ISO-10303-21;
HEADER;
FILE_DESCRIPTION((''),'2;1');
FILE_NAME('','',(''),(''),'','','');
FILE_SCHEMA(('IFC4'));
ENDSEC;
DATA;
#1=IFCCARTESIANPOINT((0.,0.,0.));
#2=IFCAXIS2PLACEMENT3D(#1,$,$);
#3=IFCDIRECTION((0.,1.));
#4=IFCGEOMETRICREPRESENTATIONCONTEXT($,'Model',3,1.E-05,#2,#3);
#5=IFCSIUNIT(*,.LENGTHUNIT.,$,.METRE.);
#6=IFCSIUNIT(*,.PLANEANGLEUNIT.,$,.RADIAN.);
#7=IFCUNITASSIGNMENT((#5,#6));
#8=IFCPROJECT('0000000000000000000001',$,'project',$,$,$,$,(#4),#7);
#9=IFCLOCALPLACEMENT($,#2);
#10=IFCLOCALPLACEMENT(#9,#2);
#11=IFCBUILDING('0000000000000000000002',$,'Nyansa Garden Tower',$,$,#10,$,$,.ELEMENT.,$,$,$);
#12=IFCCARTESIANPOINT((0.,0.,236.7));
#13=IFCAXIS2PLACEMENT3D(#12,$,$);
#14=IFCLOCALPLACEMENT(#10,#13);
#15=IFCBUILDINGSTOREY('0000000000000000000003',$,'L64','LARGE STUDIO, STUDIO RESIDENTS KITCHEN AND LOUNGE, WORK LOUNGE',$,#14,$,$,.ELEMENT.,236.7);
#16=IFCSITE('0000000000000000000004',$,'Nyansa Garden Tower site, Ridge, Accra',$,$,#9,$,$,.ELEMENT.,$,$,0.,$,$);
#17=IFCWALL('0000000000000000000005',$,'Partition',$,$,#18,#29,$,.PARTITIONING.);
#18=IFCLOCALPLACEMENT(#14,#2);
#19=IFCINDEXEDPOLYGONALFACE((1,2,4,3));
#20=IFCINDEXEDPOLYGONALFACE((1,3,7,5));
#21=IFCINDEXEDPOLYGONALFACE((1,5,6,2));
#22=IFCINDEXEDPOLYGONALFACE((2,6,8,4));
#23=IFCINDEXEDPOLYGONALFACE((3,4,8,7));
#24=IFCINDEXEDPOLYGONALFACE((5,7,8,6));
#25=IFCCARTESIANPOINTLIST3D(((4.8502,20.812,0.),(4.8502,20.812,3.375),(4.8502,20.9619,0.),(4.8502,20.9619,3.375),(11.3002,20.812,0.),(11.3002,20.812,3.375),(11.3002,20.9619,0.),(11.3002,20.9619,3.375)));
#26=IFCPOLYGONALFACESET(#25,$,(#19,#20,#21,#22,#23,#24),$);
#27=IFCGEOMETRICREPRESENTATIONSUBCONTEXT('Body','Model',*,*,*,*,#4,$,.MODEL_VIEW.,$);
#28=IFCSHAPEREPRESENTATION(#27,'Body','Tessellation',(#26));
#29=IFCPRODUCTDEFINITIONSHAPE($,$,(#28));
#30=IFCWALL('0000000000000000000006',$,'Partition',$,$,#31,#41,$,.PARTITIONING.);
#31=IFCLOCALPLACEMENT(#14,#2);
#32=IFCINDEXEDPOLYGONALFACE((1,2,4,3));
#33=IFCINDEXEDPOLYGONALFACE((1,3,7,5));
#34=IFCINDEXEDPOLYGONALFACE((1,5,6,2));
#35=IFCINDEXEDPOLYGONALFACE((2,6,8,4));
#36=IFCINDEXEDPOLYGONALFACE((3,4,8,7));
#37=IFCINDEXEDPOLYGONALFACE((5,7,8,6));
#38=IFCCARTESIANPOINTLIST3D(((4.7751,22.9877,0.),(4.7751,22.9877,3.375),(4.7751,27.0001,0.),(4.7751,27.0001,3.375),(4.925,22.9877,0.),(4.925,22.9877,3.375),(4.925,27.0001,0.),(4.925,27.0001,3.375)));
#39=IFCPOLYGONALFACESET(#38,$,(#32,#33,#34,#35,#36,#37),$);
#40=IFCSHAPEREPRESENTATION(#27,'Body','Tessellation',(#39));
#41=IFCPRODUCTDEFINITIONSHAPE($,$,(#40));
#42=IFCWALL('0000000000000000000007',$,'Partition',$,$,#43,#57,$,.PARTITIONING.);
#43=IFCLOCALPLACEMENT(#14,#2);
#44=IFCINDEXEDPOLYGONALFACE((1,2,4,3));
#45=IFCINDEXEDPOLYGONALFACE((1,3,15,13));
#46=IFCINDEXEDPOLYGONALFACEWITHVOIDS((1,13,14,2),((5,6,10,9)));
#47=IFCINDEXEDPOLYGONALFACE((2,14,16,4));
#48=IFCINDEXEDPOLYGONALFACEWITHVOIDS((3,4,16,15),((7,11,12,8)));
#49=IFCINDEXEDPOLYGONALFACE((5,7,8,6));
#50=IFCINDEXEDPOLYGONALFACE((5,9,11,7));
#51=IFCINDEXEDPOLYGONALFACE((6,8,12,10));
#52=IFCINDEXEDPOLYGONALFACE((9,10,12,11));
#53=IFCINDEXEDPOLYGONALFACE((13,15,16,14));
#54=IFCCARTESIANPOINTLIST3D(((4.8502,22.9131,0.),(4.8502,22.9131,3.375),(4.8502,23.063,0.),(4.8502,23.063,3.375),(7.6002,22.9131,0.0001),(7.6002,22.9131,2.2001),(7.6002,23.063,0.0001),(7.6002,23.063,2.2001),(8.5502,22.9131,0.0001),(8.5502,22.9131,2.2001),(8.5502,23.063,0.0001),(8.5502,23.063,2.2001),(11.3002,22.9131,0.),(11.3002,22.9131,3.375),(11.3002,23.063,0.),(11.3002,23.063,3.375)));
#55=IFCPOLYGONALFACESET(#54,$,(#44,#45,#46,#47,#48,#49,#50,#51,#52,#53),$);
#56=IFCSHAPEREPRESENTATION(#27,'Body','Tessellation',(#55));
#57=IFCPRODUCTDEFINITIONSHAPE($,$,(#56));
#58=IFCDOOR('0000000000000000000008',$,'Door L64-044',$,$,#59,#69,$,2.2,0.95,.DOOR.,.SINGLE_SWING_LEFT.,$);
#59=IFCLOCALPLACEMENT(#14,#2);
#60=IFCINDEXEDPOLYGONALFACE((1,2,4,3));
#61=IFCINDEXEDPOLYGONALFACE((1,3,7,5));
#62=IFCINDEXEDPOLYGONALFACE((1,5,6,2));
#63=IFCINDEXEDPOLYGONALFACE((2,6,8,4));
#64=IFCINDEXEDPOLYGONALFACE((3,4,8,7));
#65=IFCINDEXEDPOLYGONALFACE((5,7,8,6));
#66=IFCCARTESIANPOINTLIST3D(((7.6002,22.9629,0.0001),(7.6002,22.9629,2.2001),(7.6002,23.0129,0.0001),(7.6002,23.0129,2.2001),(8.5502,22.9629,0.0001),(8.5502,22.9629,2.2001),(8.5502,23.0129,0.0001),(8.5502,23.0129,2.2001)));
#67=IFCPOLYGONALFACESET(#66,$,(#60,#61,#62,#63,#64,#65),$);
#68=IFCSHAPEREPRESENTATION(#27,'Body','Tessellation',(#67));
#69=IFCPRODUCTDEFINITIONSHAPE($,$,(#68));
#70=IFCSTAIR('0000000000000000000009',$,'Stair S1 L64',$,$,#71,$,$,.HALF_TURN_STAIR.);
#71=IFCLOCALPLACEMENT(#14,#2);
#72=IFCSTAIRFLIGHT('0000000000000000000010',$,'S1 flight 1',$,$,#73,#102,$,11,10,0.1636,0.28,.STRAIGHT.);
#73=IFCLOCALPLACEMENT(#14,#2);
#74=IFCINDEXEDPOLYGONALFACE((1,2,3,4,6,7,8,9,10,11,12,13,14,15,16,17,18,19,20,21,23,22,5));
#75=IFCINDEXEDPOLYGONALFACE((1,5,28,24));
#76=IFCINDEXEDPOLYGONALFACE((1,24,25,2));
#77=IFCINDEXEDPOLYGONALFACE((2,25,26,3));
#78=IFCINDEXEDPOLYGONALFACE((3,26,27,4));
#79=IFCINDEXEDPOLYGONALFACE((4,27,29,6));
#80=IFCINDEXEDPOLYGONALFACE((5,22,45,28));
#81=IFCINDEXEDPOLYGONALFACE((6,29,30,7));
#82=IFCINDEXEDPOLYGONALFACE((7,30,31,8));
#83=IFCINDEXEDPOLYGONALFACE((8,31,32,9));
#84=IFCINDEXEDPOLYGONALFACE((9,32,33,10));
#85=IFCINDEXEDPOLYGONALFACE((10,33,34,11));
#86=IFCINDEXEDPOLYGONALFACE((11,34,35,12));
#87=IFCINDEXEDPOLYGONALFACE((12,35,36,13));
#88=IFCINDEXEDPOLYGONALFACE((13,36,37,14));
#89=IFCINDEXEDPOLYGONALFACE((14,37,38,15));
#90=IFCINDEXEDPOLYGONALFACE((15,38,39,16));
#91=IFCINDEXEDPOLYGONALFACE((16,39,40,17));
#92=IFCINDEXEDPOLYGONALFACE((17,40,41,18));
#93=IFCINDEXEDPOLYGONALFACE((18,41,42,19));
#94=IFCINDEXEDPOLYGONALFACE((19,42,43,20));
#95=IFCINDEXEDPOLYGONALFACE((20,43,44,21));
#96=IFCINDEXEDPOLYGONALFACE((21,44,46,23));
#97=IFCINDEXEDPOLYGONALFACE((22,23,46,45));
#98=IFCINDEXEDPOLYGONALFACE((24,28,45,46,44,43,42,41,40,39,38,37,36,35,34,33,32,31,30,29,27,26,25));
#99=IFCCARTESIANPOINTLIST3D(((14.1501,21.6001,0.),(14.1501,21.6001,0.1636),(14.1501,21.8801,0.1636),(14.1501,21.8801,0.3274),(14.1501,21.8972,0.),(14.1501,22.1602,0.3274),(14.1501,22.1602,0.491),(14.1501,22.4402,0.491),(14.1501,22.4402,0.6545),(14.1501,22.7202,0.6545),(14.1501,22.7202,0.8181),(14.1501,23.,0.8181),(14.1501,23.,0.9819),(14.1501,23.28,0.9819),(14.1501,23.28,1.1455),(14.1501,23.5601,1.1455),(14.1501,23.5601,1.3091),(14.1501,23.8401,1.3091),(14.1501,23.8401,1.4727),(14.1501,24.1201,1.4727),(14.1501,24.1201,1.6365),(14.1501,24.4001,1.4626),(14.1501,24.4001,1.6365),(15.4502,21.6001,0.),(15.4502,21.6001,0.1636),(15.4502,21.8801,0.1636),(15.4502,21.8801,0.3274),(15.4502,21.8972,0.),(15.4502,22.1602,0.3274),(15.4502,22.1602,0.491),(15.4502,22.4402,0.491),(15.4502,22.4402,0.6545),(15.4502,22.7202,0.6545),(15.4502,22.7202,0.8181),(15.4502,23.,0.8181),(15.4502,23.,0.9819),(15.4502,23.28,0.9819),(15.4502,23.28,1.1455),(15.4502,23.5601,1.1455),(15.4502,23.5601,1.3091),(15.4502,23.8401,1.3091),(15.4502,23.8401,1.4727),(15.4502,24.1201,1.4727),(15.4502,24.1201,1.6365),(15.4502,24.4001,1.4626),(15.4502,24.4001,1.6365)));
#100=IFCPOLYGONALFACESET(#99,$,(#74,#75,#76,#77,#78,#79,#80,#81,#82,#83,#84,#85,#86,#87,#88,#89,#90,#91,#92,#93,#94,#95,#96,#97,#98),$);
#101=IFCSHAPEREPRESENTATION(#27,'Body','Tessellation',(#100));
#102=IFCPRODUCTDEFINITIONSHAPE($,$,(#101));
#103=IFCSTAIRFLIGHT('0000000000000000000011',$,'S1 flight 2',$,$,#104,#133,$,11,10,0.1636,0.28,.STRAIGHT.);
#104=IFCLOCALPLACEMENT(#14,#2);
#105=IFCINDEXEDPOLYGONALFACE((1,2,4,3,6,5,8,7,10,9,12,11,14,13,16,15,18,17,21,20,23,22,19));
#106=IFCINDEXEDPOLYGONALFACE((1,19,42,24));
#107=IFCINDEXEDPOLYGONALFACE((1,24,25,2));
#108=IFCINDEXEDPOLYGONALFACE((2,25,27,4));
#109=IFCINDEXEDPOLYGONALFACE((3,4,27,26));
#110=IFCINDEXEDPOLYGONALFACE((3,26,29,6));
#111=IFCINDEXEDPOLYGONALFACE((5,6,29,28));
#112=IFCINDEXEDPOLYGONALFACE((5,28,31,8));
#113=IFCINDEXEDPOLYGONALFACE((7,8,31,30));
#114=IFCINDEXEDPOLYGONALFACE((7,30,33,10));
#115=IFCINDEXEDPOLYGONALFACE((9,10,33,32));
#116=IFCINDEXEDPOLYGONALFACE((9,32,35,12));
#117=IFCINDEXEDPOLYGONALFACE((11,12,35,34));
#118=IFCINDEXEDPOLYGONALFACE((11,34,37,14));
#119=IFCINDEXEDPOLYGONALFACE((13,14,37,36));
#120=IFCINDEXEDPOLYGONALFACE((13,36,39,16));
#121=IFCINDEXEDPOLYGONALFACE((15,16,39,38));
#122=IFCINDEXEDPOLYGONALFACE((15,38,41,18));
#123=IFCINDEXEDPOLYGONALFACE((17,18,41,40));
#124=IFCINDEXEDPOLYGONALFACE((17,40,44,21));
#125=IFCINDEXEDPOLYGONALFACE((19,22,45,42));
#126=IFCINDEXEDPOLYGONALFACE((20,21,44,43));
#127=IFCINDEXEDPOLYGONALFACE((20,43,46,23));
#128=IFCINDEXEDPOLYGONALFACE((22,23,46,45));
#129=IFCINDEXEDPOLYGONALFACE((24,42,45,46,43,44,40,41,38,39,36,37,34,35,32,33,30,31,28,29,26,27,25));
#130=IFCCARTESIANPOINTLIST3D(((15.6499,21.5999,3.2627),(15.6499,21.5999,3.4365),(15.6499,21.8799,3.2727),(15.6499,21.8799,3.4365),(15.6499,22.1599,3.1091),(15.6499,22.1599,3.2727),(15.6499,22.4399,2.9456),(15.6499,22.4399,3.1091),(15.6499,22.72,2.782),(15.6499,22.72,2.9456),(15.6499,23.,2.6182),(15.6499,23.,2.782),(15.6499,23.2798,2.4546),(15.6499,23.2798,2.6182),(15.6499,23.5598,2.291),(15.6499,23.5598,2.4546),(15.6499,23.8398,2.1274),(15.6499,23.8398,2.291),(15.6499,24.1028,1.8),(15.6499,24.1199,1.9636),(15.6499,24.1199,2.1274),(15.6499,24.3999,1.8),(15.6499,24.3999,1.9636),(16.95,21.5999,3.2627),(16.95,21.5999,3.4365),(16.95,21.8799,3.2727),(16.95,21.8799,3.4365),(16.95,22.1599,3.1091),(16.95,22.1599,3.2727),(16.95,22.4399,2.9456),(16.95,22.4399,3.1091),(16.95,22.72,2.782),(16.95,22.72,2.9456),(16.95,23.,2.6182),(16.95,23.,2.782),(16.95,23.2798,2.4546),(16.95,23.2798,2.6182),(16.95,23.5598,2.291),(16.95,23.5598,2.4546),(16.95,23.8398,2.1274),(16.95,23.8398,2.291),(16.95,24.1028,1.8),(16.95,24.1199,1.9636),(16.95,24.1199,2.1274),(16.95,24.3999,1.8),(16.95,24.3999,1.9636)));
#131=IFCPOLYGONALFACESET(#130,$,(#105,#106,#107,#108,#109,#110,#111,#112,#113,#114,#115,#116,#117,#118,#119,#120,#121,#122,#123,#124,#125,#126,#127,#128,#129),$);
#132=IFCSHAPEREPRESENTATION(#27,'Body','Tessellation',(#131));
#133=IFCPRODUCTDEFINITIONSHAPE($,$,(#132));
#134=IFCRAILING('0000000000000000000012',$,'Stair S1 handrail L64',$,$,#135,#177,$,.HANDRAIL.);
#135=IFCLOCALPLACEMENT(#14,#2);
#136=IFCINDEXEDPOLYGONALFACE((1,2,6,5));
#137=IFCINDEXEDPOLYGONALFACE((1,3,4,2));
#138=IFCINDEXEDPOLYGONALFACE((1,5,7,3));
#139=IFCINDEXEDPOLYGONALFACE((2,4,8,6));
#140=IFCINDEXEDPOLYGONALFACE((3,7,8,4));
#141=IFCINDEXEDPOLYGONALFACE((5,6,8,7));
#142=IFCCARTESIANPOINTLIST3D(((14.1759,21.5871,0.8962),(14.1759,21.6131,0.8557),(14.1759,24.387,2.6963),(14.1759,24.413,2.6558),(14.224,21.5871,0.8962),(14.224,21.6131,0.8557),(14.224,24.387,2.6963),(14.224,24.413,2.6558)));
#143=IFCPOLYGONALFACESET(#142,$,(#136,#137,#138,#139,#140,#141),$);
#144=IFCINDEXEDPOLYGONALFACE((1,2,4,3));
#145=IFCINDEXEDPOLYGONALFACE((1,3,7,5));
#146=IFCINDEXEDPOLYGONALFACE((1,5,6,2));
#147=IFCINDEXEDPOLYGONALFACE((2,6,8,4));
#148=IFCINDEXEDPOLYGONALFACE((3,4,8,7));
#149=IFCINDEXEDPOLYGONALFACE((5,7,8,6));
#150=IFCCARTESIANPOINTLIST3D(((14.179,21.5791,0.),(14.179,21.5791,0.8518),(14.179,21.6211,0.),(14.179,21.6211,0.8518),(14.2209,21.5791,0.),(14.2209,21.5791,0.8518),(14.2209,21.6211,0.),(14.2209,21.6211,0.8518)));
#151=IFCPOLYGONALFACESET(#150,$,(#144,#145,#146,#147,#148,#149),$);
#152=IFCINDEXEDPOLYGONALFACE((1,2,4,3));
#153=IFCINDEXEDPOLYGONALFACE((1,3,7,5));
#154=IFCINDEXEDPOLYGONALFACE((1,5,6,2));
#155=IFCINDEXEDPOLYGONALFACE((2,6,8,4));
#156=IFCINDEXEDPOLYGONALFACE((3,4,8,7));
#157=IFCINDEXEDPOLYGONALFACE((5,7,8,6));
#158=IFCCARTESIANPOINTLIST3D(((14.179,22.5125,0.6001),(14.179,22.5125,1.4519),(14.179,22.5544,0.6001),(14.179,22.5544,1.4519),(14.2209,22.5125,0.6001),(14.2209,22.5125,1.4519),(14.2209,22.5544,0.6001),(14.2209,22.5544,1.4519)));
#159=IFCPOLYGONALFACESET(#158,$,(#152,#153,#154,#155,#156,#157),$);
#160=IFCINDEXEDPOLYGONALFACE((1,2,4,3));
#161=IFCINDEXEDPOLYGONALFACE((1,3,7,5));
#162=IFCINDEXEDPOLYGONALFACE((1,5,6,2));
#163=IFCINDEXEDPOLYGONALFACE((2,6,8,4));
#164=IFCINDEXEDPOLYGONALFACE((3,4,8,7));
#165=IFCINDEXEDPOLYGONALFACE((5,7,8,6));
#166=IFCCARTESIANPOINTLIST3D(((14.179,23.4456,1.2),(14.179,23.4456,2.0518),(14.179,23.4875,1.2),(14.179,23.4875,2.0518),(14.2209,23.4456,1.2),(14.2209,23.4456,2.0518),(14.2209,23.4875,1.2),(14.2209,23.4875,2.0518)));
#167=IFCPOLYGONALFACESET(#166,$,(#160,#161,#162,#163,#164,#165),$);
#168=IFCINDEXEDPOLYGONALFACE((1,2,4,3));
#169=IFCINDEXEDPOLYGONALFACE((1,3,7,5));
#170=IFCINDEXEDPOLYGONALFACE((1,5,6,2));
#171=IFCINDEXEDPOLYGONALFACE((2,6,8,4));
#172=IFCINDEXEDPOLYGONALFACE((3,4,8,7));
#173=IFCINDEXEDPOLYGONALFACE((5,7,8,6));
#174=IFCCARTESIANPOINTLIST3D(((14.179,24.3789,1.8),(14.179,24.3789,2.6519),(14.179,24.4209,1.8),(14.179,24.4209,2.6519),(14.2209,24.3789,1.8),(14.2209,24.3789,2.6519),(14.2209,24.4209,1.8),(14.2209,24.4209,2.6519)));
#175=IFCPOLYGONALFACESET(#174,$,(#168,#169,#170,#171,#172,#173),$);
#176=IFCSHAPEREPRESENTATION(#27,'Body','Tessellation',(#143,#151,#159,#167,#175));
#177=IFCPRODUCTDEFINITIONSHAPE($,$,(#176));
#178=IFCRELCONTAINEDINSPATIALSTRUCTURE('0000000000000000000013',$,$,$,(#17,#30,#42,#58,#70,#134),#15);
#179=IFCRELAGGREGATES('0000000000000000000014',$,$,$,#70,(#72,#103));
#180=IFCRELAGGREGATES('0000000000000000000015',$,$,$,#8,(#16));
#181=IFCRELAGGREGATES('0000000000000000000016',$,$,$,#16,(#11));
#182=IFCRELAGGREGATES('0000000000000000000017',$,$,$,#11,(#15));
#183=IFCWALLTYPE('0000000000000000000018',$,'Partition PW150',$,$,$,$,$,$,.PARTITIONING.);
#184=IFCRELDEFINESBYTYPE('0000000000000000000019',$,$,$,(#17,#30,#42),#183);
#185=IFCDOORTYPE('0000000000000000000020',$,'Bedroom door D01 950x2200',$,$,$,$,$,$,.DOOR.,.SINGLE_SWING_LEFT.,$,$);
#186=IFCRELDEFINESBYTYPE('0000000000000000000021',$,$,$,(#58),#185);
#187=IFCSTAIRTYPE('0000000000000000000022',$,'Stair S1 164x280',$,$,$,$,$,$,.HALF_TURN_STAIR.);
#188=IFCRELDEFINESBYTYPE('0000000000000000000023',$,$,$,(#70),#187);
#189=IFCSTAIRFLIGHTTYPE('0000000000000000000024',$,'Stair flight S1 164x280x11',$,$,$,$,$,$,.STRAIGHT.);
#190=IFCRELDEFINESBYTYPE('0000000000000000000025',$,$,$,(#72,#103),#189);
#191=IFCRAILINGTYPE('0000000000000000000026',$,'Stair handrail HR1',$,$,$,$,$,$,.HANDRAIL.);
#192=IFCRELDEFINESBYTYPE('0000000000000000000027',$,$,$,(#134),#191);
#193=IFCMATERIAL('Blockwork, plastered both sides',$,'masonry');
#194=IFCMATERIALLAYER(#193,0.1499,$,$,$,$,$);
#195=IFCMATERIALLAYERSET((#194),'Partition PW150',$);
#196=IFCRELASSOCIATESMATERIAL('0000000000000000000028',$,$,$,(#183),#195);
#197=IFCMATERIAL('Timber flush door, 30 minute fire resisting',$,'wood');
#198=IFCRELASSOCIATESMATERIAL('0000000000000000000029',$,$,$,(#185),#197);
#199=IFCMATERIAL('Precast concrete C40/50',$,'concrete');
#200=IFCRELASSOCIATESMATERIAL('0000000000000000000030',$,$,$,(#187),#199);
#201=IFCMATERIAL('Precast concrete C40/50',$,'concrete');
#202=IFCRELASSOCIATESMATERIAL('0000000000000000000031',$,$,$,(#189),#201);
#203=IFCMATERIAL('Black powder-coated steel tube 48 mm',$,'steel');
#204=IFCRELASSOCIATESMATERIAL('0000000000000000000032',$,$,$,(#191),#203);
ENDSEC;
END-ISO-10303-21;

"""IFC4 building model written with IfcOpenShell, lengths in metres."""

from ifc_helpers import new_model, si_unit, direction, frame, frame_2d, origin, origin_2d, place, context, subcontext, project, spatial, polyline, rectangle, outline, extrude, material, layer, layer_set, type_object, element, fill, aggregate, save


model = new_model("IFC4")

# Units and contexts
model_context = context("Model", 3, precision=1e-05, world=origin(), true_north=direction((0.0, 1.0)))
body_context = subcontext(model_context, "Body", "Model", "MODEL_VIEW")
ifc_project = project(units=[si_unit("LENGTHUNIT", "METRE"), si_unit("PLANEANGLEUNIT", "RADIAN")], contexts=[model_context])

# Site, building, storey
site_placement = place(None, origin())
site = spatial("IfcSite", under=ifc_project, at=site_placement, Name="Nyansa Garden Tower site, Ridge, Accra", CompositionType="ELEMENT", RefElevation=0.0)
building_placement = place(site_placement, origin())
building = spatial("IfcBuilding", under=site, at=building_placement, Name="Nyansa Garden Tower", CompositionType="ELEMENT")
storey_placement = place(building_placement, frame((0.0, 0.0, 236.7)))
storey = spatial("IfcBuildingStorey", under=building, at=storey_placement, Name="L64", Description="LARGE STUDIO, STUDIO RESIDENTS KITCHEN AND LOUNGE, WORK LOUNGE", CompositionType="ELEMENT", Elevation=236.7)

# Walls
ifc_material_1 = material(Name="Blockwork, plastered both sides", Category="masonry")
ifc_layer_1 = layer(ifc_material_1, 0.1499)
ifc_layer_set_1 = layer_set([ifc_layer_1], Name="Partition PW150")
wall_type_1 = type_object("IfcWallType", Name="Partition PW150", PredefinedType="PARTITIONING", material=ifc_layer_set_1)
wall_1_placement = place(storey_placement, frame((4.8501, 20.887, 0.0), z_axis=(0.0, 0.0, 1.0), x_axis=(1.0, 0.0, 0.0)))
element("IfcWall", 1, at=wall_1_placement, inside=storey, type_object=wall_type_1, Name="Partition", PredefinedType="PARTITIONING", context=body_context, shape_type="SweptSolid", body=[
    extrude(rectangle(XDim=6.45, YDim=0.1499, at=frame_2d((3.2251, 0.0))), origin(), (0.0, 0.0, 1.0), 3.375),
])
wall_2_placement = place(storey_placement, frame((4.8501, 22.9875, 0.0), z_axis=(0.0, 0.0, 1.0), x_axis=(0.0, 1.0, 0.0)))
element("IfcWall", 2, at=wall_2_placement, inside=storey, type_object=wall_type_1, Name="Partition", PredefinedType="PARTITIONING", context=body_context, shape_type="SweptSolid", body=[
    extrude(rectangle(XDim=4.0125, YDim=0.1499, at=frame_2d((2.0063, 0.0))), origin(), (0.0, 0.0, 1.0), 3.375),
])

# Wall, opening, door
wall_3_placement = place(storey_placement, frame((4.8501, 22.988, 0.0), z_axis=(0.0, 0.0, 1.0), x_axis=(1.0, 0.0, 0.0)))
wall_3 = element("IfcWall", 3, at=wall_3_placement, inside=storey, type_object=wall_type_1, Name="Partition", PredefinedType="PARTITIONING", context=body_context, shape_type="SweptSolid", body=[
    extrude(rectangle(XDim=6.45, YDim=0.1499, at=frame_2d((3.2251, 0.0))), origin(), (0.0, 0.0, 1.0), 3.375),
])
opening_1_placement = place(wall_3_placement, frame((2.75, 0.0, 0.0)))
opening_1 = element("IfcOpeningElement", 4, at=opening_1_placement, cuts=wall_3, PredefinedType="OPENING", context=body_context, shape_type="SweptSolid", body=[
    extrude(rectangle(XDim=0.95, YDim=2.2, at=frame_2d((0.4751, 1.1001))), frame((0.0, 0.085, 0.0), z_axis=(0.0, -1.0, 0.0), x_axis=(1.0, 0.0, 0.0)), (0.0, 0.0, 1.0), 0.1699),
])
ifc_material_2 = material(Name="Timber flush door, 30 minute fire resisting", Category="wood")
door_type_1 = type_object("IfcDoorType", Name="Bedroom door D01 950x2200", OperationType="SINGLE_SWING_LEFT", PredefinedType="DOOR", material=ifc_material_2)
door_1_placement = place(opening_1_placement, origin())
door_1 = element("IfcDoor", 5, at=door_1_placement, inside=storey, type_object=door_type_1, Name="Door L64-044", OperationType="SINGLE_SWING_LEFT", OverallHeight=2.2, OverallWidth=0.95, PredefinedType="DOOR", context=body_context, shape_type="SweptSolid", body=[
    extrude(rectangle(XDim=0.95, YDim=2.2, at=frame_2d((0.4751, 1.1001))), frame((0.0, 0.0249, 0.0), z_axis=(0.0, -1.0, 0.0), x_axis=(1.0, 0.0, 0.0)), (0.0, 0.0, 1.0), 0.05),
])
fill(opening_1, door_1)

# Stair, stair flights
ifc_material_3 = material(Name="Precast concrete C40/50", Category="concrete")
stair_type = type_object("IfcStairType", Name="Stair S1 164x280", PredefinedType="HALF_TURN_STAIR", material=ifc_material_3)
stair_placement = place(storey_placement, origin())
stair = element("IfcStair", 6, at=stair_placement, inside=storey, type_object=stair_type, Name="Stair S1 L64", PredefinedType="HALF_TURN_STAIR")
ifc_material_4 = material(Name="Precast concrete C40/50", Category="concrete")
stair_flight_type = type_object("IfcStairFlightType", Name="Stair flight S1 164x280x11", PredefinedType="STRAIGHT", material=ifc_material_4)
stair_flight_1_placement = place(storey_placement, frame((14.8, 21.6001, 0.0), z_axis=(0.0, 0.0, 1.0), x_axis=(0.0, 1.0, 0.0)))
stair_flight_1 = element("IfcStairFlight", 7, at=stair_flight_1_placement, type_object=stair_flight_type, Name="S1 flight 1", NumberOfRisers=11, NumberOfTreads=10, PredefinedType="STRAIGHT", RiserHeight=0.1636, TreadLength=0.28, context=body_context, shape_type="SweptSolid", body=[
    extrude(outline(polyline([(0.0, 0.0), (0.0, 0.1636), (0.28, 0.1636), (0.28, 0.3274), (0.5601, 0.3274), (0.5601, 0.491), (0.8401, 0.491), (0.8401, 0.6545), (1.1201, 0.6545), (1.1201, 0.8181), (1.3999, 0.8181), (1.3999, 0.9819), (1.6799, 0.9819), (1.6799, 1.1455), (1.96, 1.1455), (1.96, 1.3091), (2.24, 1.3091), (2.24, 1.4727), (2.52, 1.4727), (2.52, 1.6365), (2.8, 1.6365), (2.8, 1.8), (2.8, 1.4626), (0.2971, 0.0), (0.0, 0.0)])), frame((0.0, 0.6499, 0.0), z_axis=(0.0, -1.0, 0.0), x_axis=(1.0, 0.0, 0.0)), (0.0, 0.0, 1.0), 1.3),
])
stair_flight_2_placement = place(storey_placement, frame((16.3, 24.3999, 1.8), z_axis=(0.0, 0.0, 1.0), x_axis=(0.0, -1.0, 0.0)))
stair_flight_2 = element("IfcStairFlight", 8, at=stair_flight_2_placement, type_object=stair_flight_type, Name="S1 flight 2", NumberOfRisers=11, NumberOfTreads=10, PredefinedType="STRAIGHT", RiserHeight=0.1636, TreadLength=0.28, context=body_context, shape_type="SweptSolid", body=[
    extrude(outline(polyline([(0.0, 0.0), (0.0, 0.1636), (0.28, 0.1636), (0.28, 0.3274), (0.5601, 0.3274), (0.5601, 0.491), (0.8401, 0.491), (0.8401, 0.6545), (1.1201, 0.6545), (1.1201, 0.8181), (1.3999, 0.8181), (1.3999, 0.9819), (1.6799, 0.9819), (1.6799, 1.1455), (1.96, 1.1455), (1.96, 1.3091), (2.24, 1.3091), (2.24, 1.4727), (2.52, 1.4727), (2.52, 1.6365), (2.8, 1.6365), (2.8, 1.8), (2.8, 1.4626), (0.2971, 0.0), (0.0, 0.0)])), frame((0.0, 0.6499, 0.0), z_axis=(0.0, -1.0, 0.0), x_axis=(1.0, 0.0, 0.0)), (0.0, 0.0, 1.0), 1.3),
])
aggregate(stair, [stair_flight_1, stair_flight_2])

# Railing
ifc_material_5 = material(Name="Black powder-coated steel tube 48 mm", Category="steel")
railing_type = type_object("IfcRailingType", Name="Stair handrail HR1", PredefinedType="HANDRAIL", material=ifc_material_5)
railing_placement = place(storey_placement, frame((14.2, 21.6001, 0.0)))
element("IfcRailing", 9, at=railing_placement, inside=storey, type_object=railing_type, Name="Stair S1 handrail L64", PredefinedType="HANDRAIL", context=body_context, shape_type="SweptSolid", body=[
    extrude(rectangle(XDim=0.0481, YDim=0.0481, at=origin_2d()), frame((0.0, 0.0, 0.876), z_axis=(0.0, 0.841155, 0.540795), x_axis=(-1.0, 0.0, 0.0)), (0.0, 0.0, 1.0), 3.3286),
    extrude(rectangle(XDim=0.042, YDim=0.042, at=origin_2d()), origin(), (0.0, 0.0, 1.0), 0.8518),
    extrude(rectangle(XDim=0.042, YDim=0.042, at=origin_2d()), frame((0.0, 0.9333, 0.6001)), (0.0, 0.0, 1.0), 0.8518),
    extrude(rectangle(XDim=0.042, YDim=0.042, at=origin_2d()), frame((0.0, 1.8665, 1.2)), (0.0, 0.0, 1.0), 0.8518),
    extrude(rectangle(XDim=0.042, YDim=0.042, at=origin_2d()), frame((0.0, 2.7998, 1.8)), (0.0, 0.0, 1.0), 0.8518),
])

save(model, "model.ifc")
